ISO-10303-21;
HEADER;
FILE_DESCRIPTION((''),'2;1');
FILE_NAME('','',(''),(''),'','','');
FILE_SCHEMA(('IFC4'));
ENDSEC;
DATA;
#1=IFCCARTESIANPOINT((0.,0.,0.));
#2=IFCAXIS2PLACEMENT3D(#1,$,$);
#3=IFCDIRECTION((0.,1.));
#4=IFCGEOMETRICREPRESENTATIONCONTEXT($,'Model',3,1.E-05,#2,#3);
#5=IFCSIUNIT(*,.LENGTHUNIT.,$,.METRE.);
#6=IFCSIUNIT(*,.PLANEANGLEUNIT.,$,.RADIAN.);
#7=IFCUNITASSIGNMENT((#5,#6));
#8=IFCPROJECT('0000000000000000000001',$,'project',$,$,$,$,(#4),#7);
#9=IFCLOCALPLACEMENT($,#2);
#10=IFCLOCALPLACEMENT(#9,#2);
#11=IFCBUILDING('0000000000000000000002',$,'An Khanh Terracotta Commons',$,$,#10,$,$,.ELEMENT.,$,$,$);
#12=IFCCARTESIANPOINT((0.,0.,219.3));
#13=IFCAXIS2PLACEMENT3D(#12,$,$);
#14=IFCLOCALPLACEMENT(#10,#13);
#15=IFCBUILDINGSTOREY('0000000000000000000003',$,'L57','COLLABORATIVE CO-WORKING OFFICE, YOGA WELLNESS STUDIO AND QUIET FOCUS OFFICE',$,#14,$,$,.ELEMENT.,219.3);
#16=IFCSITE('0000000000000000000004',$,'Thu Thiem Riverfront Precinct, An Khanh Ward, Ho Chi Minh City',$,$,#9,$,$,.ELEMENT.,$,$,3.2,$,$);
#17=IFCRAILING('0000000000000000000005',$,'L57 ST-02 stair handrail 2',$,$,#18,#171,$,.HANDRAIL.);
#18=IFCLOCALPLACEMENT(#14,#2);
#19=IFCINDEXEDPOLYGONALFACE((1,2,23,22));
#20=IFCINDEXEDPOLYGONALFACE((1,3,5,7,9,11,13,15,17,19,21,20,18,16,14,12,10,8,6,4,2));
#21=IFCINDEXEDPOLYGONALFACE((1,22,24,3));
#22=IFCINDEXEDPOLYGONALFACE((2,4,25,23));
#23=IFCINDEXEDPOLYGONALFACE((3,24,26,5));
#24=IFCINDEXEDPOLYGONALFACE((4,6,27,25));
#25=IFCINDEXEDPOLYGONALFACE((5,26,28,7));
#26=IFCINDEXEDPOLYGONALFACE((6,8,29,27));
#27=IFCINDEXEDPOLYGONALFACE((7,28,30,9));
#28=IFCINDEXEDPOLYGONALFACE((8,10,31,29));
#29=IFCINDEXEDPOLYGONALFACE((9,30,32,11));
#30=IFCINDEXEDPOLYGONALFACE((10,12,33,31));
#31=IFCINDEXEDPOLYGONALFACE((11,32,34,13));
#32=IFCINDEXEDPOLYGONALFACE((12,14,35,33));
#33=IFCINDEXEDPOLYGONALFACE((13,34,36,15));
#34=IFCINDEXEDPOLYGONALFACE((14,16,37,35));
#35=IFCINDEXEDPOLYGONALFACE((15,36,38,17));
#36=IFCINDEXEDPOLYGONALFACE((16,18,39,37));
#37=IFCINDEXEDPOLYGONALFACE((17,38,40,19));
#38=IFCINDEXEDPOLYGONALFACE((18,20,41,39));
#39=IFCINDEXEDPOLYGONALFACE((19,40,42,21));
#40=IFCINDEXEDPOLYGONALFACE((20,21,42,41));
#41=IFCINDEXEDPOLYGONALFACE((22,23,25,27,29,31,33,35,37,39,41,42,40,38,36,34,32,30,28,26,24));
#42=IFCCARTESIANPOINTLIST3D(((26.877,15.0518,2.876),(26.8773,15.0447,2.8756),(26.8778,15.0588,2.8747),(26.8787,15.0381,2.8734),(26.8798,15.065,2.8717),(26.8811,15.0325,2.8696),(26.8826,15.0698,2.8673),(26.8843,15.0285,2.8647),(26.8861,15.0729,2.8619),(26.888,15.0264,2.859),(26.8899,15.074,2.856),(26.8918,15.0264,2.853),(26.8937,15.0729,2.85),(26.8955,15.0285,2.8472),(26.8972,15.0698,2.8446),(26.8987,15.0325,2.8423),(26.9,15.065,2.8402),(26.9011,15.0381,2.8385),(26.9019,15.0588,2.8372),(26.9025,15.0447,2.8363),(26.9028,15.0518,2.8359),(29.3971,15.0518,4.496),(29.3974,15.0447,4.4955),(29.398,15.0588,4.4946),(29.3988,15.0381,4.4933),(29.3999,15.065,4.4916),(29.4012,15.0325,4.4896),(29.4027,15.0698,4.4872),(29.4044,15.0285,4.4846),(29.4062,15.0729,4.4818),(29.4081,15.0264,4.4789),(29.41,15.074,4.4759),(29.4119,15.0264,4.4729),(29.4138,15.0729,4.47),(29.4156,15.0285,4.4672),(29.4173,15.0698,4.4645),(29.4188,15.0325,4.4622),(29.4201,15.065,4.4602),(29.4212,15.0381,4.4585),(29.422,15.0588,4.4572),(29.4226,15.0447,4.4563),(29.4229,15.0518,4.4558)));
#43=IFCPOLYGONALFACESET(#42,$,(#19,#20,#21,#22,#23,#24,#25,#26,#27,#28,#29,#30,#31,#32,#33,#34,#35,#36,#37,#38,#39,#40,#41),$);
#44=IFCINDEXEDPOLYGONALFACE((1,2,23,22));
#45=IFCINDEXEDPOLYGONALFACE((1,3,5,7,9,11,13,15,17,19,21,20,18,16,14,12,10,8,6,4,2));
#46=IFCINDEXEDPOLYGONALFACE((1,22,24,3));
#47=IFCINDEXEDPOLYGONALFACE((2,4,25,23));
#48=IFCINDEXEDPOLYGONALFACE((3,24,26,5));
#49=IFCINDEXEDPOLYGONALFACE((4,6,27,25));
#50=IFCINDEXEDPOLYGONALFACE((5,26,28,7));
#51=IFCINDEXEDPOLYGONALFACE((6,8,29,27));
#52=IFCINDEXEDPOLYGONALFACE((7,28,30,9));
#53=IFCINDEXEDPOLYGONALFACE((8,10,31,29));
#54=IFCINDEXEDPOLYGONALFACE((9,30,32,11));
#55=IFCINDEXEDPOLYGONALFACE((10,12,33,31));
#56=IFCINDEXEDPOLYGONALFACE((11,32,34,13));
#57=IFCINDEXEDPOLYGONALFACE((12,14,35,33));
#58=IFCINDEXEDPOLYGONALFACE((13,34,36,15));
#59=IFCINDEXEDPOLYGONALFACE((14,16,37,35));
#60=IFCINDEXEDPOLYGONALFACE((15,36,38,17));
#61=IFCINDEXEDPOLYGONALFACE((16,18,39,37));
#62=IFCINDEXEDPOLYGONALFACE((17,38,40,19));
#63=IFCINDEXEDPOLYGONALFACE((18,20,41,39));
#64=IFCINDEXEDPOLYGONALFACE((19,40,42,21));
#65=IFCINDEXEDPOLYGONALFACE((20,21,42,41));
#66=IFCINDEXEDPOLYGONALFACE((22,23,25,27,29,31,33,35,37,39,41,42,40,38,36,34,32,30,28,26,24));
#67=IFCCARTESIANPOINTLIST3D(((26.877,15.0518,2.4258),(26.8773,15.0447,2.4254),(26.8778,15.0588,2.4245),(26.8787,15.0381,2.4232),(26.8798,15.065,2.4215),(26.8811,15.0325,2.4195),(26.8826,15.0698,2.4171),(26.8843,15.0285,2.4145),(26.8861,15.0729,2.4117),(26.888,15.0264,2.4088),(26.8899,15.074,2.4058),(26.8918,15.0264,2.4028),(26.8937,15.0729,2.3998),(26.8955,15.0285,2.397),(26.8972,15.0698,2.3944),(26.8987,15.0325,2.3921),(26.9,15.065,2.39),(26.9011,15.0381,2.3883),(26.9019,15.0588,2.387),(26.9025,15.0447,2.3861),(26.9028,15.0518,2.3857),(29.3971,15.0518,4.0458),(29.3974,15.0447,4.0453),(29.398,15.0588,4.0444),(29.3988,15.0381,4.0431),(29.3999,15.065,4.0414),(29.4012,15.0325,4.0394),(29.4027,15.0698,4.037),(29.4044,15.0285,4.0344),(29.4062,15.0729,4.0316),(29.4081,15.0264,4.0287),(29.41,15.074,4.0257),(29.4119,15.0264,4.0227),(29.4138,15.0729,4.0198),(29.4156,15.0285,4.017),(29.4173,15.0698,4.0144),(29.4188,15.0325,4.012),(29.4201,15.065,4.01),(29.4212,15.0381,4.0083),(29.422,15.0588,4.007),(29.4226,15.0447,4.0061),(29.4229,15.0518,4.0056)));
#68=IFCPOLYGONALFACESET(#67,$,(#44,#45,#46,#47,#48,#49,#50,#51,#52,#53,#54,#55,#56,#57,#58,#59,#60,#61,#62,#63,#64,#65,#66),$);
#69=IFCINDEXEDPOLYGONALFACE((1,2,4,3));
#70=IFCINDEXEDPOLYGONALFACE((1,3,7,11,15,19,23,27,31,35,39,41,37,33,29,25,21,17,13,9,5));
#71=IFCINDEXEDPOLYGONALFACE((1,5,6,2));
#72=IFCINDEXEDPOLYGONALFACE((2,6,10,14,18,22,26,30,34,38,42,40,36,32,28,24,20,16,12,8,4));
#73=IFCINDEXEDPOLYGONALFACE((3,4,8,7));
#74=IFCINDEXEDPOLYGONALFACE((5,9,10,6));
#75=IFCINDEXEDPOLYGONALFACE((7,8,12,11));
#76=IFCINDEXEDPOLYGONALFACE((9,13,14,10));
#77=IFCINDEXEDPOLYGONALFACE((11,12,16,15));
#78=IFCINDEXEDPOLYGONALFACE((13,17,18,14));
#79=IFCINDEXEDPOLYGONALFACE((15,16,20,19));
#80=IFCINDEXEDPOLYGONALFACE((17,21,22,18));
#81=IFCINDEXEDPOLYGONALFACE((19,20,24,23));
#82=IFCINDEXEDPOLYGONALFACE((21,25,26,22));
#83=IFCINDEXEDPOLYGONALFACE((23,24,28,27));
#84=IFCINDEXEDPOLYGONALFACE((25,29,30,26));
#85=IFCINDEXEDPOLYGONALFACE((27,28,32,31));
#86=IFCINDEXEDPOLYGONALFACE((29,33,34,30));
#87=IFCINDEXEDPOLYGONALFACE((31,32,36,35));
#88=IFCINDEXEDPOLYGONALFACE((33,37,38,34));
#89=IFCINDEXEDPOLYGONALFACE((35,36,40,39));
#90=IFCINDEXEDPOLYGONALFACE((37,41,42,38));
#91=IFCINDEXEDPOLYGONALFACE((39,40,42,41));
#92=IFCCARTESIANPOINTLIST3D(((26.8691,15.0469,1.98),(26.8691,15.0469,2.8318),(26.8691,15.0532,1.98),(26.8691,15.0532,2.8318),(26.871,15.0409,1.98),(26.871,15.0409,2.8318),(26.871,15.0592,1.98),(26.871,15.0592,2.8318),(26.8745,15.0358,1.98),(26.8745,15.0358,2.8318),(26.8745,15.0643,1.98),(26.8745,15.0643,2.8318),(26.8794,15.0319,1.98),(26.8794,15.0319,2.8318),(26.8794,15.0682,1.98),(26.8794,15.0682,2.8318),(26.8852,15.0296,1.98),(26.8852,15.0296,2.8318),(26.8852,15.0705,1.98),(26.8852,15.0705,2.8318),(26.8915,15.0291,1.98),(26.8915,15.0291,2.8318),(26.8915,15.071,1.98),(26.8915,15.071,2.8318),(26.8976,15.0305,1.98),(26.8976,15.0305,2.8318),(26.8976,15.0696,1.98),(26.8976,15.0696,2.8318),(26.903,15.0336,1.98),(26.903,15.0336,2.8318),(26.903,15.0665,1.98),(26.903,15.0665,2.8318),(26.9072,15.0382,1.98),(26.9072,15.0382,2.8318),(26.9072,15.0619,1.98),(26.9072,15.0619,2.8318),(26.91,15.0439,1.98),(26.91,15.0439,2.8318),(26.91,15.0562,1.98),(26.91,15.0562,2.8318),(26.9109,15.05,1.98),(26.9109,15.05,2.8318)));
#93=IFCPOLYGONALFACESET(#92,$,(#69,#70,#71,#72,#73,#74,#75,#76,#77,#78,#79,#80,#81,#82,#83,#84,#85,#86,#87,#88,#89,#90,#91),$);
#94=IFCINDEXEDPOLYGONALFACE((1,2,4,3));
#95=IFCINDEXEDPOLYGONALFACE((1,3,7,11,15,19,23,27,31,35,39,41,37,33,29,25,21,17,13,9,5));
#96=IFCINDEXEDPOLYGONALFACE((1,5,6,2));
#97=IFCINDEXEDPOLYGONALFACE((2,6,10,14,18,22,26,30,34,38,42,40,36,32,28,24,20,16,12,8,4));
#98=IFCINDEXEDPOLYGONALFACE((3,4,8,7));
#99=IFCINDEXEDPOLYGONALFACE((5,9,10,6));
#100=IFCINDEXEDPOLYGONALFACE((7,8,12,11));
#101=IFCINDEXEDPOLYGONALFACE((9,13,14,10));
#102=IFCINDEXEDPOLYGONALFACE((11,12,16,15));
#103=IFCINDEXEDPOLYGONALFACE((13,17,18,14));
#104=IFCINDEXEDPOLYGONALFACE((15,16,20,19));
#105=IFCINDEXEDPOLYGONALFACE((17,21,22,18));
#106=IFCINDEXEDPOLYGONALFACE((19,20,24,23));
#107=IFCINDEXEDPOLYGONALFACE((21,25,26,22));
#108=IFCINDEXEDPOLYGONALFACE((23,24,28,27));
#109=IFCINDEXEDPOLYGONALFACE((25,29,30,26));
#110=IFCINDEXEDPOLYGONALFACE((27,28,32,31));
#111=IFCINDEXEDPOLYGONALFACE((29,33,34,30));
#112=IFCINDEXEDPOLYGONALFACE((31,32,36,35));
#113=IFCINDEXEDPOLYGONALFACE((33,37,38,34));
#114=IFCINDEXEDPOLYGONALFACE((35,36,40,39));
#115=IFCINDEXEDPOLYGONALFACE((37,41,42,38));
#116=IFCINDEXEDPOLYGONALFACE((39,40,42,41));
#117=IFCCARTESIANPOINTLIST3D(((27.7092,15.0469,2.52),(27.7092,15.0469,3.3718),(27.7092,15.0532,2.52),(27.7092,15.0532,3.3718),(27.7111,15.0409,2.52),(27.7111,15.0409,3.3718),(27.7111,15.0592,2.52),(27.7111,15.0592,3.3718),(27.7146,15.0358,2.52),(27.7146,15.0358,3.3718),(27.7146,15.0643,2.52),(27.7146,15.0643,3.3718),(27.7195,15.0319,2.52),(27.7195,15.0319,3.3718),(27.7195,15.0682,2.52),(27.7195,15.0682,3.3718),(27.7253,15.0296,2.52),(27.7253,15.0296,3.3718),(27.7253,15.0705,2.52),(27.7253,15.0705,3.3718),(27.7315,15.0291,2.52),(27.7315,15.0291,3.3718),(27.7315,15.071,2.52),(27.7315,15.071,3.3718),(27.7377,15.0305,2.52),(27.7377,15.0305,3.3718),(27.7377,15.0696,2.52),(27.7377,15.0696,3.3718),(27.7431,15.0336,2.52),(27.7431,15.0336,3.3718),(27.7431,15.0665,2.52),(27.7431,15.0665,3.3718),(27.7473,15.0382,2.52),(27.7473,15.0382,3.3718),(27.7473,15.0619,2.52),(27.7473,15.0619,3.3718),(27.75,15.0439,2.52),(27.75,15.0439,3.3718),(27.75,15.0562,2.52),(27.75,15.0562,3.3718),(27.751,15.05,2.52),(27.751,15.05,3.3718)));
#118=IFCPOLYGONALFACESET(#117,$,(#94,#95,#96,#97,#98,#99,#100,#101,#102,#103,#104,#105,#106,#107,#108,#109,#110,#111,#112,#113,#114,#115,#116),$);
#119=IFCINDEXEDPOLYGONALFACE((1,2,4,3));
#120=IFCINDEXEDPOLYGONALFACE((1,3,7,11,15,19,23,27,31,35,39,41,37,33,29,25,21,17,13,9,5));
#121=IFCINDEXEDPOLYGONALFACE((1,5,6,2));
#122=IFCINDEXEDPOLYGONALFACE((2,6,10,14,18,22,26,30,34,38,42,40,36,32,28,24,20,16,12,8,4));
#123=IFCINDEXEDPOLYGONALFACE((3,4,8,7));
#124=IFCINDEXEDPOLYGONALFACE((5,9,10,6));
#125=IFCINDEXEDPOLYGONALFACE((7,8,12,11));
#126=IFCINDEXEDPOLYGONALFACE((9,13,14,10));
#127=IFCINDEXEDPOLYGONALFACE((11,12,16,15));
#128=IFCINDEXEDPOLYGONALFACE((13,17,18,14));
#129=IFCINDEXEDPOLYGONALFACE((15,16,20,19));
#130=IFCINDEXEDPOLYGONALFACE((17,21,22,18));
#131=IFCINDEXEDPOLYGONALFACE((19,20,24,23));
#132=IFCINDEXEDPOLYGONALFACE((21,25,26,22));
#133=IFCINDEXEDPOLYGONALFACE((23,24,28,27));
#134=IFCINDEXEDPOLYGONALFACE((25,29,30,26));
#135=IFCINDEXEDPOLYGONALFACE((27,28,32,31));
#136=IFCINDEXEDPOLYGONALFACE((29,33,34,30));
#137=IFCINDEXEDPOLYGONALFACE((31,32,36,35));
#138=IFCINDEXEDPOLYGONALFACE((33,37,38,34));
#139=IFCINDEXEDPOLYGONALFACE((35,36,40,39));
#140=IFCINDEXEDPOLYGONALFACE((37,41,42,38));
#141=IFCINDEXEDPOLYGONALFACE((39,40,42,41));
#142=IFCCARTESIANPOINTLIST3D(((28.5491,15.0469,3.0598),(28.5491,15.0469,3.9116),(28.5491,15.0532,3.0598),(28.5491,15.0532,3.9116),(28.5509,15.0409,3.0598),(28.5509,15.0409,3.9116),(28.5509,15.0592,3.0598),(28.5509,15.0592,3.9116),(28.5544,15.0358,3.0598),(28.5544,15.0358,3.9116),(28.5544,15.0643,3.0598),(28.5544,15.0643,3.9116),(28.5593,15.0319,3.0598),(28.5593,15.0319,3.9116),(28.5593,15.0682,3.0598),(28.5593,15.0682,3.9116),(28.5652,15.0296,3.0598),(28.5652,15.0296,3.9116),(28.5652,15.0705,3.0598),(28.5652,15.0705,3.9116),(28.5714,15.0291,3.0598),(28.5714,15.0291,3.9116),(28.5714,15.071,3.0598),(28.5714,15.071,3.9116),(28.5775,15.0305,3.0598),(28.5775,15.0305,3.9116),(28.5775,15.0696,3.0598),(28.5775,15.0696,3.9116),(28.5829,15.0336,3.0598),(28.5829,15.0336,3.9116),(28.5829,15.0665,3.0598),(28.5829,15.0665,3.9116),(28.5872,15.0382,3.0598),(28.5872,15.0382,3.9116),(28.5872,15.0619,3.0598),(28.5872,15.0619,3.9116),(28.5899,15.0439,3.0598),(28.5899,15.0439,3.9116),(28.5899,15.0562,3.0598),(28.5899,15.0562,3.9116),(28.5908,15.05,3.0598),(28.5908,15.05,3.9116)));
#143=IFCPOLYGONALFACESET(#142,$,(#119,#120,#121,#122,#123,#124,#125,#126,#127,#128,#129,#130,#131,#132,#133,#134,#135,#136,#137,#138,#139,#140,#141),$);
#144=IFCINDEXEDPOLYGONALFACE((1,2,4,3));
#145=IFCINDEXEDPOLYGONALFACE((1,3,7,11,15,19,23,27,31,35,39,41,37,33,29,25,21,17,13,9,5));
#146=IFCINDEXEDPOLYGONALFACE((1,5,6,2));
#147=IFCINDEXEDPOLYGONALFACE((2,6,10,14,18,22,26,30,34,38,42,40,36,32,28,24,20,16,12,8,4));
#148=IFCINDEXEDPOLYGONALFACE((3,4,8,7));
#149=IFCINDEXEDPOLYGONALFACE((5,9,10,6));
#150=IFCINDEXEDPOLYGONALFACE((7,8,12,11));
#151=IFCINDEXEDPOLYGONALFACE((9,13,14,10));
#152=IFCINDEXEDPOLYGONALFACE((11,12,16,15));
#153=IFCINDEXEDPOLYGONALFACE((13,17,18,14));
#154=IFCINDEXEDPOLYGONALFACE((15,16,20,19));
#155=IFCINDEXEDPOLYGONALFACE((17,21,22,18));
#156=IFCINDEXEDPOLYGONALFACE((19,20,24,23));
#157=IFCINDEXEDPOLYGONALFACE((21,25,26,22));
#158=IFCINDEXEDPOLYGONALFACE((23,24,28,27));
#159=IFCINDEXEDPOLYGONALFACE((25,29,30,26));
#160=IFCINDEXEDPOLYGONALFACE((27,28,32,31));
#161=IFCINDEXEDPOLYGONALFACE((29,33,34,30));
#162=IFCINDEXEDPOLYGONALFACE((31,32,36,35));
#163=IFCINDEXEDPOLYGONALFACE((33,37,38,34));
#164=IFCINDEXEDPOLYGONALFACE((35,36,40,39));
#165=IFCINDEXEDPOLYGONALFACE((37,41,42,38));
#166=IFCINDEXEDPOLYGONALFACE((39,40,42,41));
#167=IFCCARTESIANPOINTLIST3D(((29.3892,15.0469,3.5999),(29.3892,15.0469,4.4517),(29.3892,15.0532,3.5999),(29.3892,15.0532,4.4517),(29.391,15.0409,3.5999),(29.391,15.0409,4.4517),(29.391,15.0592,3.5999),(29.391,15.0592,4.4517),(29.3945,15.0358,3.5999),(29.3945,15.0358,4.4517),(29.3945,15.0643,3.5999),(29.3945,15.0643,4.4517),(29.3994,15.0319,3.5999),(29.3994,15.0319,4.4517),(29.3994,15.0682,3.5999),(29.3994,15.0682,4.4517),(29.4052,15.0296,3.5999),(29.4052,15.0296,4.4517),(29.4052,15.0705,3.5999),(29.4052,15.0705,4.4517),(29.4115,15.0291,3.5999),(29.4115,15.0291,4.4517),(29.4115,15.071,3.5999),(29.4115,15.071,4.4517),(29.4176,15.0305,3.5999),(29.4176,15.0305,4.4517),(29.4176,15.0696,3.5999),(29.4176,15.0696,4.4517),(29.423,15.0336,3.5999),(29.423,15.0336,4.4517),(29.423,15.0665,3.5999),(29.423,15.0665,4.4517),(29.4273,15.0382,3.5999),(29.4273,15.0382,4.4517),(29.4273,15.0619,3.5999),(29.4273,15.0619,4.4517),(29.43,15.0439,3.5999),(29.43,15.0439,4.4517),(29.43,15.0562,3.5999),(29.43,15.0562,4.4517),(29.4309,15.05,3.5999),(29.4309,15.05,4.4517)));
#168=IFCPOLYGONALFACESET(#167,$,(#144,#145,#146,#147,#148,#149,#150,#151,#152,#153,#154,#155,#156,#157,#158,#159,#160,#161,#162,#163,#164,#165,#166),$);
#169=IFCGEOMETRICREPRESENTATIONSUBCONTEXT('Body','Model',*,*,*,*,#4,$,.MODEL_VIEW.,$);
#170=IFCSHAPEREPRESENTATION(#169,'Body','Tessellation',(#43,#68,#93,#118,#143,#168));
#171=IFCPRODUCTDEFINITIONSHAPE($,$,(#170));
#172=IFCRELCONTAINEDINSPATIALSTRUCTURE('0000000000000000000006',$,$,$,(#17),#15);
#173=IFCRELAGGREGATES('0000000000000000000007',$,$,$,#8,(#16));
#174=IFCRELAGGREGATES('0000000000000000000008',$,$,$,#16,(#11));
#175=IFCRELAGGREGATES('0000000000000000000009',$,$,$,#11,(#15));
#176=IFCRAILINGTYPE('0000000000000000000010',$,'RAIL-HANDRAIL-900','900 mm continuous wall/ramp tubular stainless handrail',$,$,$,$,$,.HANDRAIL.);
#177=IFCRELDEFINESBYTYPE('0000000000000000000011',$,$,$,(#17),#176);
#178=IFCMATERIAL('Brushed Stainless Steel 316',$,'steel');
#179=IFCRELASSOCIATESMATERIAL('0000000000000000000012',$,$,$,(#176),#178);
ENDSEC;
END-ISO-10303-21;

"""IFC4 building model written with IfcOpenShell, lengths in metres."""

from ifc_helpers import new_model, si_unit, direction, frame, origin, origin_2d, place, context, subcontext, project, spatial, circle, extrude, material, type_object, element, save


model = new_model("IFC4")

# Units and contexts
model_context = context("Model", 3, precision=1e-05, world=origin(), true_north=direction((0.0, 1.0)))
body_context = subcontext(model_context, "Body", "Model", "MODEL_VIEW")
ifc_project = project(units=[si_unit("LENGTHUNIT", "METRE"), si_unit("PLANEANGLEUNIT", "RADIAN")], contexts=[model_context])

# Site, building, storey
site_placement = place(None, origin())
site = spatial("IfcSite", under=ifc_project, at=site_placement, Name="Thu Thiem Riverfront Precinct, An Khanh Ward, Ho Chi Minh City", CompositionType="ELEMENT", RefElevation=3.2)
building_placement = place(site_placement, origin())
building = spatial("IfcBuilding", under=site, at=building_placement, Name="An Khanh Terracotta Commons", CompositionType="ELEMENT")
storey_placement = place(building_placement, frame((0.0, 0.0, 219.3)))
storey = spatial("IfcBuildingStorey", under=building, at=storey_placement, Name="L57", Description="COLLABORATIVE CO-WORKING OFFICE, YOGA WELLNESS STUDIO AND QUIET FOCUS OFFICE", CompositionType="ELEMENT", Elevation=219.3)

# Railing
ifc_material_1 = material(Name="Brushed Stainless Steel 316", Category="steel")
railing_type_1 = type_object("IfcRailingType", Name="RAIL-HANDRAIL-900", Description="900 mm continuous wall/ramp tubular stainless handrail", PredefinedType="HANDRAIL", material=ifc_material_1)
railing_1_placement = place(storey_placement, frame((26.8899, 15.05, 1.98)))
element("IfcRailing", 1, at=railing_1_placement, inside=storey, type_object=railing_type_1, Name="L57 ST-02 stair handrail 2", PredefinedType="HANDRAIL", context=body_context, shape_type="SweptSolid", body=[
    extrude(circle(Radius=0.0239, at=origin_2d()), frame((0.0, 0.0, 0.876), z_axis=(0.8412, 0.0, 0.540725), x_axis=(0.0, 1.0, 0.0)), (0.0, 0.0, 1.0), 2.9958),
    extrude(circle(Radius=0.0239, at=origin_2d()), frame((0.0, 0.0, 0.4258), z_axis=(0.8412, 0.0, 0.540725), x_axis=(0.0, 1.0, 0.0)), (0.0, 0.0, 1.0), 2.9958),
    extrude(circle(Radius=0.021, at=origin_2d()), origin(), (0.0, 0.0, 1.0), 0.8518),
    extrude(circle(Radius=0.021, at=origin_2d()), frame((0.8401, 0.0, 0.54)), (0.0, 0.0, 1.0), 0.8518),
    extrude(circle(Radius=0.021, at=origin_2d()), frame((1.6799, 0.0, 1.0798)), (0.0, 0.0, 1.0), 0.8518),
    extrude(circle(Radius=0.021, at=origin_2d()), frame((2.52, 0.0, 1.6199)), (0.0, 0.0, 1.0), 0.8518),
])

save(model, "model.ifc")
